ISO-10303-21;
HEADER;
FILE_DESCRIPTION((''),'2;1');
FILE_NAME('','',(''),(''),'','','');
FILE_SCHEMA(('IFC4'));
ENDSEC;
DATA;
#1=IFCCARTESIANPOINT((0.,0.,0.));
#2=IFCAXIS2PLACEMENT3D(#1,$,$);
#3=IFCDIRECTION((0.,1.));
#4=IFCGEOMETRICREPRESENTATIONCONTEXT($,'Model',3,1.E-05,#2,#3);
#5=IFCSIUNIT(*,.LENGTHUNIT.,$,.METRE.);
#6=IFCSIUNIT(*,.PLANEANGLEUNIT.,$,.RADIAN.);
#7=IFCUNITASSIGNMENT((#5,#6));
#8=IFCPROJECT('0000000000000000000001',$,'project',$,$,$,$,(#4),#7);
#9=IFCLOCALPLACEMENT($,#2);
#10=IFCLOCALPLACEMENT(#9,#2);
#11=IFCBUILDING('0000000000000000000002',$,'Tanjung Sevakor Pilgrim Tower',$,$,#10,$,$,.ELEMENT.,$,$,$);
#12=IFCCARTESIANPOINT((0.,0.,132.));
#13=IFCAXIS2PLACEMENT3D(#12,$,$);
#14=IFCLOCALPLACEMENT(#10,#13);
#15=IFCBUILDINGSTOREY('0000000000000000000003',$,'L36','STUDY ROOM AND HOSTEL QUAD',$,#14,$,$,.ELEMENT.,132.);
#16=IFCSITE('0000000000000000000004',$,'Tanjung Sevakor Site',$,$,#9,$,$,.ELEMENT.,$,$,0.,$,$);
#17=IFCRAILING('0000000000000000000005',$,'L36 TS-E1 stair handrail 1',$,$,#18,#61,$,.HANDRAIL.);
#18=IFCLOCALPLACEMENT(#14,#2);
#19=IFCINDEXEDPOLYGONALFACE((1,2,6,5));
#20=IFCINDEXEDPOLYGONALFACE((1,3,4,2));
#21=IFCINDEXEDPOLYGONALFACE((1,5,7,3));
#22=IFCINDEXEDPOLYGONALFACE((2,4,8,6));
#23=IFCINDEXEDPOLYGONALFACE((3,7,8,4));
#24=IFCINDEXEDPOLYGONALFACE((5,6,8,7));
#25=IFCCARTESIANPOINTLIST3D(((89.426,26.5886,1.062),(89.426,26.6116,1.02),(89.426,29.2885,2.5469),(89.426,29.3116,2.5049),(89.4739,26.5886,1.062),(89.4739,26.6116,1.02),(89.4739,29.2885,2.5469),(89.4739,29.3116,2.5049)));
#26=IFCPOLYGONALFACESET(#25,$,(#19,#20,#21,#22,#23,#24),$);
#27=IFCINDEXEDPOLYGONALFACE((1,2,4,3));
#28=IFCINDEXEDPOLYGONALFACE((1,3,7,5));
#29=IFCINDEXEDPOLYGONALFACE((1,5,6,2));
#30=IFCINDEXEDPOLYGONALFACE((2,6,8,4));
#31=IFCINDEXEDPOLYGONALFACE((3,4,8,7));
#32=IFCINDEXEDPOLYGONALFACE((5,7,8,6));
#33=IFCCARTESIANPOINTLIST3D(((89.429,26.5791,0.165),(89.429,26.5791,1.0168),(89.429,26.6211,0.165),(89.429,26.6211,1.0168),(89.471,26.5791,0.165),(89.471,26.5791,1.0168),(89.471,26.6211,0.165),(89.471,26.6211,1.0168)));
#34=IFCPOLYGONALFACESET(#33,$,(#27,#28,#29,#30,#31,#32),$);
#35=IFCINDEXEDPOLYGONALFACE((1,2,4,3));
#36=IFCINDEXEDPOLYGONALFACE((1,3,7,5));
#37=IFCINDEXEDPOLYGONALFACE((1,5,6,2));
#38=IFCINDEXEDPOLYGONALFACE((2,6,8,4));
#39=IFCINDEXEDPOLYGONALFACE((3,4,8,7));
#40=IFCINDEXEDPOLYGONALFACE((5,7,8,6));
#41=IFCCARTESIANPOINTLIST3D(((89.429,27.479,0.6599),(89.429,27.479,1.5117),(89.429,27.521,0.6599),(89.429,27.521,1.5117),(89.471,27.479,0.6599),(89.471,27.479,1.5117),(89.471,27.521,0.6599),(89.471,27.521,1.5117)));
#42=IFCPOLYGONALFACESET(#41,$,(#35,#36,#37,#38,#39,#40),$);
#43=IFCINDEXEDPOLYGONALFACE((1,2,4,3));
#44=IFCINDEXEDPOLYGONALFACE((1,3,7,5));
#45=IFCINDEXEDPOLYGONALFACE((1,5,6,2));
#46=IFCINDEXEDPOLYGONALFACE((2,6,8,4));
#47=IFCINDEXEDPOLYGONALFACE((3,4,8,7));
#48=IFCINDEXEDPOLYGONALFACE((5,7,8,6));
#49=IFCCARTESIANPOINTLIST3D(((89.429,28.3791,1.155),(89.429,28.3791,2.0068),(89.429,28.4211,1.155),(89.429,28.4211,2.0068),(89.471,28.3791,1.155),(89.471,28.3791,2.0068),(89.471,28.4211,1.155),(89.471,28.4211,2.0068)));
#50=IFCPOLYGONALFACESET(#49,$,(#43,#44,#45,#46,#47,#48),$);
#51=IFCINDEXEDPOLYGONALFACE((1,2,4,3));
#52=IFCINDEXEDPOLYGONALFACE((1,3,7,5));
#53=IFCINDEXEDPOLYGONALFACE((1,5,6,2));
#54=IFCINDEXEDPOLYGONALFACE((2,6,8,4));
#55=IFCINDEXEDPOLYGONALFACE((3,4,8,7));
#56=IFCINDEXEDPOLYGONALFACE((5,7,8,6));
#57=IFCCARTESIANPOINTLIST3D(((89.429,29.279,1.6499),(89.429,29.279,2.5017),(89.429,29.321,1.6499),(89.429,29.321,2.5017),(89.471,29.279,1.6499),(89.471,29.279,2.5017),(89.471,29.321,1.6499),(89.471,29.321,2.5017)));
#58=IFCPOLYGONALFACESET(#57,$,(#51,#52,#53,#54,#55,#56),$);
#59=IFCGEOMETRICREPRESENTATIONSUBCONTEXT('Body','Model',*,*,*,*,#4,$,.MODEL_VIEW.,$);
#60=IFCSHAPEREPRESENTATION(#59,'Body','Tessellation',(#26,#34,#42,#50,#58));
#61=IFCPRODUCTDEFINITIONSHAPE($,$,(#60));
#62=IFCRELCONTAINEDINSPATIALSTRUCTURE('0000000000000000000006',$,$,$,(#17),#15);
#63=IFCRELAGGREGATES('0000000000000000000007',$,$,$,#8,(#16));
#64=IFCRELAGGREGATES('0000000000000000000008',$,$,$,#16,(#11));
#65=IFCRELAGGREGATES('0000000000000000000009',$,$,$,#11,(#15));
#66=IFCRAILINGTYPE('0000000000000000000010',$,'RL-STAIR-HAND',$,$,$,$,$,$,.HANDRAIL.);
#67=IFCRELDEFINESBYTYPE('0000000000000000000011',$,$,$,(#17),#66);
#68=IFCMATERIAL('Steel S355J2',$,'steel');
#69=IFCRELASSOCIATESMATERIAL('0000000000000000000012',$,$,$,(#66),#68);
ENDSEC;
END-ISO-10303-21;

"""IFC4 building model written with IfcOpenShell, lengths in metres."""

from ifc_helpers import new_model, si_unit, direction, frame, origin, place, context, subcontext, project, spatial, rectangle, extrude, material, type_object, element, save


model = new_model("IFC4")

# Units and contexts
model_context = context("Model", 3, precision=1e-05, world=origin(), true_north=direction((0.0, 1.0)))
body_context = subcontext(model_context, "Body", "Model", "MODEL_VIEW")
ifc_project = project(units=[si_unit("LENGTHUNIT", "METRE"), si_unit("PLANEANGLEUNIT", "RADIAN")], contexts=[model_context])

# Site, building, storey
site_placement = place(None, origin())
site = spatial("IfcSite", under=ifc_project, at=site_placement, Name="Tanjung Sevakor Site", CompositionType="ELEMENT", RefElevation=0.0)
building_placement = place(site_placement, origin())
building = spatial("IfcBuilding", under=site, at=building_placement, Name="Tanjung Sevakor Pilgrim Tower", CompositionType="ELEMENT")
storey_placement = place(building_placement, frame((0.0, 0.0, 132.0)))
storey = spatial("IfcBuildingStorey", under=building, at=storey_placement, Name="L36", Description="STUDY ROOM AND HOSTEL QUAD", CompositionType="ELEMENT", Elevation=132.0)

# Railing
ifc_material_1 = material(Name="Steel S355J2", Category="steel")
railing_type_1 = type_object("IfcRailingType", Name="RL-STAIR-HAND", PredefinedType="HANDRAIL", material=ifc_material_1)
railing_1_placement = place(storey_placement, frame((89.45, 26.6001, 0.165)))
element("IfcRailing", 1, at=railing_1_placement, inside=storey, type_object=railing_type_1, Name="L36 TS-E1 stair handrail 1", PredefinedType="HANDRAIL", context=body_context, shape_type="SweptSolid", body=[
    extrude(rectangle(XDim=0.0479, YDim=0.0479), frame((0.0, 0.0, 0.876), z_axis=(0.0, 0.876231, 0.481891), x_axis=(-1.0, 0.0, 0.0)), (0.0, 0.0, 1.0), 3.0813),
    extrude(rectangle(XDim=0.042, YDim=0.042), origin(), (0.0, 0.0, 1.0), 0.8518),
    extrude(rectangle(XDim=0.042, YDim=0.042), frame((0.0, 0.8999, 0.4949)), (0.0, 0.0, 1.0), 0.8518),
    extrude(rectangle(XDim=0.042, YDim=0.042), frame((0.0, 1.8, 0.99)), (0.0, 0.0, 1.0), 0.8518),
    extrude(rectangle(XDim=0.042, YDim=0.042), frame((0.0, 2.7, 1.4849)), (0.0, 0.0, 1.0), 0.8518),
])

save(model, "model.ifc")
